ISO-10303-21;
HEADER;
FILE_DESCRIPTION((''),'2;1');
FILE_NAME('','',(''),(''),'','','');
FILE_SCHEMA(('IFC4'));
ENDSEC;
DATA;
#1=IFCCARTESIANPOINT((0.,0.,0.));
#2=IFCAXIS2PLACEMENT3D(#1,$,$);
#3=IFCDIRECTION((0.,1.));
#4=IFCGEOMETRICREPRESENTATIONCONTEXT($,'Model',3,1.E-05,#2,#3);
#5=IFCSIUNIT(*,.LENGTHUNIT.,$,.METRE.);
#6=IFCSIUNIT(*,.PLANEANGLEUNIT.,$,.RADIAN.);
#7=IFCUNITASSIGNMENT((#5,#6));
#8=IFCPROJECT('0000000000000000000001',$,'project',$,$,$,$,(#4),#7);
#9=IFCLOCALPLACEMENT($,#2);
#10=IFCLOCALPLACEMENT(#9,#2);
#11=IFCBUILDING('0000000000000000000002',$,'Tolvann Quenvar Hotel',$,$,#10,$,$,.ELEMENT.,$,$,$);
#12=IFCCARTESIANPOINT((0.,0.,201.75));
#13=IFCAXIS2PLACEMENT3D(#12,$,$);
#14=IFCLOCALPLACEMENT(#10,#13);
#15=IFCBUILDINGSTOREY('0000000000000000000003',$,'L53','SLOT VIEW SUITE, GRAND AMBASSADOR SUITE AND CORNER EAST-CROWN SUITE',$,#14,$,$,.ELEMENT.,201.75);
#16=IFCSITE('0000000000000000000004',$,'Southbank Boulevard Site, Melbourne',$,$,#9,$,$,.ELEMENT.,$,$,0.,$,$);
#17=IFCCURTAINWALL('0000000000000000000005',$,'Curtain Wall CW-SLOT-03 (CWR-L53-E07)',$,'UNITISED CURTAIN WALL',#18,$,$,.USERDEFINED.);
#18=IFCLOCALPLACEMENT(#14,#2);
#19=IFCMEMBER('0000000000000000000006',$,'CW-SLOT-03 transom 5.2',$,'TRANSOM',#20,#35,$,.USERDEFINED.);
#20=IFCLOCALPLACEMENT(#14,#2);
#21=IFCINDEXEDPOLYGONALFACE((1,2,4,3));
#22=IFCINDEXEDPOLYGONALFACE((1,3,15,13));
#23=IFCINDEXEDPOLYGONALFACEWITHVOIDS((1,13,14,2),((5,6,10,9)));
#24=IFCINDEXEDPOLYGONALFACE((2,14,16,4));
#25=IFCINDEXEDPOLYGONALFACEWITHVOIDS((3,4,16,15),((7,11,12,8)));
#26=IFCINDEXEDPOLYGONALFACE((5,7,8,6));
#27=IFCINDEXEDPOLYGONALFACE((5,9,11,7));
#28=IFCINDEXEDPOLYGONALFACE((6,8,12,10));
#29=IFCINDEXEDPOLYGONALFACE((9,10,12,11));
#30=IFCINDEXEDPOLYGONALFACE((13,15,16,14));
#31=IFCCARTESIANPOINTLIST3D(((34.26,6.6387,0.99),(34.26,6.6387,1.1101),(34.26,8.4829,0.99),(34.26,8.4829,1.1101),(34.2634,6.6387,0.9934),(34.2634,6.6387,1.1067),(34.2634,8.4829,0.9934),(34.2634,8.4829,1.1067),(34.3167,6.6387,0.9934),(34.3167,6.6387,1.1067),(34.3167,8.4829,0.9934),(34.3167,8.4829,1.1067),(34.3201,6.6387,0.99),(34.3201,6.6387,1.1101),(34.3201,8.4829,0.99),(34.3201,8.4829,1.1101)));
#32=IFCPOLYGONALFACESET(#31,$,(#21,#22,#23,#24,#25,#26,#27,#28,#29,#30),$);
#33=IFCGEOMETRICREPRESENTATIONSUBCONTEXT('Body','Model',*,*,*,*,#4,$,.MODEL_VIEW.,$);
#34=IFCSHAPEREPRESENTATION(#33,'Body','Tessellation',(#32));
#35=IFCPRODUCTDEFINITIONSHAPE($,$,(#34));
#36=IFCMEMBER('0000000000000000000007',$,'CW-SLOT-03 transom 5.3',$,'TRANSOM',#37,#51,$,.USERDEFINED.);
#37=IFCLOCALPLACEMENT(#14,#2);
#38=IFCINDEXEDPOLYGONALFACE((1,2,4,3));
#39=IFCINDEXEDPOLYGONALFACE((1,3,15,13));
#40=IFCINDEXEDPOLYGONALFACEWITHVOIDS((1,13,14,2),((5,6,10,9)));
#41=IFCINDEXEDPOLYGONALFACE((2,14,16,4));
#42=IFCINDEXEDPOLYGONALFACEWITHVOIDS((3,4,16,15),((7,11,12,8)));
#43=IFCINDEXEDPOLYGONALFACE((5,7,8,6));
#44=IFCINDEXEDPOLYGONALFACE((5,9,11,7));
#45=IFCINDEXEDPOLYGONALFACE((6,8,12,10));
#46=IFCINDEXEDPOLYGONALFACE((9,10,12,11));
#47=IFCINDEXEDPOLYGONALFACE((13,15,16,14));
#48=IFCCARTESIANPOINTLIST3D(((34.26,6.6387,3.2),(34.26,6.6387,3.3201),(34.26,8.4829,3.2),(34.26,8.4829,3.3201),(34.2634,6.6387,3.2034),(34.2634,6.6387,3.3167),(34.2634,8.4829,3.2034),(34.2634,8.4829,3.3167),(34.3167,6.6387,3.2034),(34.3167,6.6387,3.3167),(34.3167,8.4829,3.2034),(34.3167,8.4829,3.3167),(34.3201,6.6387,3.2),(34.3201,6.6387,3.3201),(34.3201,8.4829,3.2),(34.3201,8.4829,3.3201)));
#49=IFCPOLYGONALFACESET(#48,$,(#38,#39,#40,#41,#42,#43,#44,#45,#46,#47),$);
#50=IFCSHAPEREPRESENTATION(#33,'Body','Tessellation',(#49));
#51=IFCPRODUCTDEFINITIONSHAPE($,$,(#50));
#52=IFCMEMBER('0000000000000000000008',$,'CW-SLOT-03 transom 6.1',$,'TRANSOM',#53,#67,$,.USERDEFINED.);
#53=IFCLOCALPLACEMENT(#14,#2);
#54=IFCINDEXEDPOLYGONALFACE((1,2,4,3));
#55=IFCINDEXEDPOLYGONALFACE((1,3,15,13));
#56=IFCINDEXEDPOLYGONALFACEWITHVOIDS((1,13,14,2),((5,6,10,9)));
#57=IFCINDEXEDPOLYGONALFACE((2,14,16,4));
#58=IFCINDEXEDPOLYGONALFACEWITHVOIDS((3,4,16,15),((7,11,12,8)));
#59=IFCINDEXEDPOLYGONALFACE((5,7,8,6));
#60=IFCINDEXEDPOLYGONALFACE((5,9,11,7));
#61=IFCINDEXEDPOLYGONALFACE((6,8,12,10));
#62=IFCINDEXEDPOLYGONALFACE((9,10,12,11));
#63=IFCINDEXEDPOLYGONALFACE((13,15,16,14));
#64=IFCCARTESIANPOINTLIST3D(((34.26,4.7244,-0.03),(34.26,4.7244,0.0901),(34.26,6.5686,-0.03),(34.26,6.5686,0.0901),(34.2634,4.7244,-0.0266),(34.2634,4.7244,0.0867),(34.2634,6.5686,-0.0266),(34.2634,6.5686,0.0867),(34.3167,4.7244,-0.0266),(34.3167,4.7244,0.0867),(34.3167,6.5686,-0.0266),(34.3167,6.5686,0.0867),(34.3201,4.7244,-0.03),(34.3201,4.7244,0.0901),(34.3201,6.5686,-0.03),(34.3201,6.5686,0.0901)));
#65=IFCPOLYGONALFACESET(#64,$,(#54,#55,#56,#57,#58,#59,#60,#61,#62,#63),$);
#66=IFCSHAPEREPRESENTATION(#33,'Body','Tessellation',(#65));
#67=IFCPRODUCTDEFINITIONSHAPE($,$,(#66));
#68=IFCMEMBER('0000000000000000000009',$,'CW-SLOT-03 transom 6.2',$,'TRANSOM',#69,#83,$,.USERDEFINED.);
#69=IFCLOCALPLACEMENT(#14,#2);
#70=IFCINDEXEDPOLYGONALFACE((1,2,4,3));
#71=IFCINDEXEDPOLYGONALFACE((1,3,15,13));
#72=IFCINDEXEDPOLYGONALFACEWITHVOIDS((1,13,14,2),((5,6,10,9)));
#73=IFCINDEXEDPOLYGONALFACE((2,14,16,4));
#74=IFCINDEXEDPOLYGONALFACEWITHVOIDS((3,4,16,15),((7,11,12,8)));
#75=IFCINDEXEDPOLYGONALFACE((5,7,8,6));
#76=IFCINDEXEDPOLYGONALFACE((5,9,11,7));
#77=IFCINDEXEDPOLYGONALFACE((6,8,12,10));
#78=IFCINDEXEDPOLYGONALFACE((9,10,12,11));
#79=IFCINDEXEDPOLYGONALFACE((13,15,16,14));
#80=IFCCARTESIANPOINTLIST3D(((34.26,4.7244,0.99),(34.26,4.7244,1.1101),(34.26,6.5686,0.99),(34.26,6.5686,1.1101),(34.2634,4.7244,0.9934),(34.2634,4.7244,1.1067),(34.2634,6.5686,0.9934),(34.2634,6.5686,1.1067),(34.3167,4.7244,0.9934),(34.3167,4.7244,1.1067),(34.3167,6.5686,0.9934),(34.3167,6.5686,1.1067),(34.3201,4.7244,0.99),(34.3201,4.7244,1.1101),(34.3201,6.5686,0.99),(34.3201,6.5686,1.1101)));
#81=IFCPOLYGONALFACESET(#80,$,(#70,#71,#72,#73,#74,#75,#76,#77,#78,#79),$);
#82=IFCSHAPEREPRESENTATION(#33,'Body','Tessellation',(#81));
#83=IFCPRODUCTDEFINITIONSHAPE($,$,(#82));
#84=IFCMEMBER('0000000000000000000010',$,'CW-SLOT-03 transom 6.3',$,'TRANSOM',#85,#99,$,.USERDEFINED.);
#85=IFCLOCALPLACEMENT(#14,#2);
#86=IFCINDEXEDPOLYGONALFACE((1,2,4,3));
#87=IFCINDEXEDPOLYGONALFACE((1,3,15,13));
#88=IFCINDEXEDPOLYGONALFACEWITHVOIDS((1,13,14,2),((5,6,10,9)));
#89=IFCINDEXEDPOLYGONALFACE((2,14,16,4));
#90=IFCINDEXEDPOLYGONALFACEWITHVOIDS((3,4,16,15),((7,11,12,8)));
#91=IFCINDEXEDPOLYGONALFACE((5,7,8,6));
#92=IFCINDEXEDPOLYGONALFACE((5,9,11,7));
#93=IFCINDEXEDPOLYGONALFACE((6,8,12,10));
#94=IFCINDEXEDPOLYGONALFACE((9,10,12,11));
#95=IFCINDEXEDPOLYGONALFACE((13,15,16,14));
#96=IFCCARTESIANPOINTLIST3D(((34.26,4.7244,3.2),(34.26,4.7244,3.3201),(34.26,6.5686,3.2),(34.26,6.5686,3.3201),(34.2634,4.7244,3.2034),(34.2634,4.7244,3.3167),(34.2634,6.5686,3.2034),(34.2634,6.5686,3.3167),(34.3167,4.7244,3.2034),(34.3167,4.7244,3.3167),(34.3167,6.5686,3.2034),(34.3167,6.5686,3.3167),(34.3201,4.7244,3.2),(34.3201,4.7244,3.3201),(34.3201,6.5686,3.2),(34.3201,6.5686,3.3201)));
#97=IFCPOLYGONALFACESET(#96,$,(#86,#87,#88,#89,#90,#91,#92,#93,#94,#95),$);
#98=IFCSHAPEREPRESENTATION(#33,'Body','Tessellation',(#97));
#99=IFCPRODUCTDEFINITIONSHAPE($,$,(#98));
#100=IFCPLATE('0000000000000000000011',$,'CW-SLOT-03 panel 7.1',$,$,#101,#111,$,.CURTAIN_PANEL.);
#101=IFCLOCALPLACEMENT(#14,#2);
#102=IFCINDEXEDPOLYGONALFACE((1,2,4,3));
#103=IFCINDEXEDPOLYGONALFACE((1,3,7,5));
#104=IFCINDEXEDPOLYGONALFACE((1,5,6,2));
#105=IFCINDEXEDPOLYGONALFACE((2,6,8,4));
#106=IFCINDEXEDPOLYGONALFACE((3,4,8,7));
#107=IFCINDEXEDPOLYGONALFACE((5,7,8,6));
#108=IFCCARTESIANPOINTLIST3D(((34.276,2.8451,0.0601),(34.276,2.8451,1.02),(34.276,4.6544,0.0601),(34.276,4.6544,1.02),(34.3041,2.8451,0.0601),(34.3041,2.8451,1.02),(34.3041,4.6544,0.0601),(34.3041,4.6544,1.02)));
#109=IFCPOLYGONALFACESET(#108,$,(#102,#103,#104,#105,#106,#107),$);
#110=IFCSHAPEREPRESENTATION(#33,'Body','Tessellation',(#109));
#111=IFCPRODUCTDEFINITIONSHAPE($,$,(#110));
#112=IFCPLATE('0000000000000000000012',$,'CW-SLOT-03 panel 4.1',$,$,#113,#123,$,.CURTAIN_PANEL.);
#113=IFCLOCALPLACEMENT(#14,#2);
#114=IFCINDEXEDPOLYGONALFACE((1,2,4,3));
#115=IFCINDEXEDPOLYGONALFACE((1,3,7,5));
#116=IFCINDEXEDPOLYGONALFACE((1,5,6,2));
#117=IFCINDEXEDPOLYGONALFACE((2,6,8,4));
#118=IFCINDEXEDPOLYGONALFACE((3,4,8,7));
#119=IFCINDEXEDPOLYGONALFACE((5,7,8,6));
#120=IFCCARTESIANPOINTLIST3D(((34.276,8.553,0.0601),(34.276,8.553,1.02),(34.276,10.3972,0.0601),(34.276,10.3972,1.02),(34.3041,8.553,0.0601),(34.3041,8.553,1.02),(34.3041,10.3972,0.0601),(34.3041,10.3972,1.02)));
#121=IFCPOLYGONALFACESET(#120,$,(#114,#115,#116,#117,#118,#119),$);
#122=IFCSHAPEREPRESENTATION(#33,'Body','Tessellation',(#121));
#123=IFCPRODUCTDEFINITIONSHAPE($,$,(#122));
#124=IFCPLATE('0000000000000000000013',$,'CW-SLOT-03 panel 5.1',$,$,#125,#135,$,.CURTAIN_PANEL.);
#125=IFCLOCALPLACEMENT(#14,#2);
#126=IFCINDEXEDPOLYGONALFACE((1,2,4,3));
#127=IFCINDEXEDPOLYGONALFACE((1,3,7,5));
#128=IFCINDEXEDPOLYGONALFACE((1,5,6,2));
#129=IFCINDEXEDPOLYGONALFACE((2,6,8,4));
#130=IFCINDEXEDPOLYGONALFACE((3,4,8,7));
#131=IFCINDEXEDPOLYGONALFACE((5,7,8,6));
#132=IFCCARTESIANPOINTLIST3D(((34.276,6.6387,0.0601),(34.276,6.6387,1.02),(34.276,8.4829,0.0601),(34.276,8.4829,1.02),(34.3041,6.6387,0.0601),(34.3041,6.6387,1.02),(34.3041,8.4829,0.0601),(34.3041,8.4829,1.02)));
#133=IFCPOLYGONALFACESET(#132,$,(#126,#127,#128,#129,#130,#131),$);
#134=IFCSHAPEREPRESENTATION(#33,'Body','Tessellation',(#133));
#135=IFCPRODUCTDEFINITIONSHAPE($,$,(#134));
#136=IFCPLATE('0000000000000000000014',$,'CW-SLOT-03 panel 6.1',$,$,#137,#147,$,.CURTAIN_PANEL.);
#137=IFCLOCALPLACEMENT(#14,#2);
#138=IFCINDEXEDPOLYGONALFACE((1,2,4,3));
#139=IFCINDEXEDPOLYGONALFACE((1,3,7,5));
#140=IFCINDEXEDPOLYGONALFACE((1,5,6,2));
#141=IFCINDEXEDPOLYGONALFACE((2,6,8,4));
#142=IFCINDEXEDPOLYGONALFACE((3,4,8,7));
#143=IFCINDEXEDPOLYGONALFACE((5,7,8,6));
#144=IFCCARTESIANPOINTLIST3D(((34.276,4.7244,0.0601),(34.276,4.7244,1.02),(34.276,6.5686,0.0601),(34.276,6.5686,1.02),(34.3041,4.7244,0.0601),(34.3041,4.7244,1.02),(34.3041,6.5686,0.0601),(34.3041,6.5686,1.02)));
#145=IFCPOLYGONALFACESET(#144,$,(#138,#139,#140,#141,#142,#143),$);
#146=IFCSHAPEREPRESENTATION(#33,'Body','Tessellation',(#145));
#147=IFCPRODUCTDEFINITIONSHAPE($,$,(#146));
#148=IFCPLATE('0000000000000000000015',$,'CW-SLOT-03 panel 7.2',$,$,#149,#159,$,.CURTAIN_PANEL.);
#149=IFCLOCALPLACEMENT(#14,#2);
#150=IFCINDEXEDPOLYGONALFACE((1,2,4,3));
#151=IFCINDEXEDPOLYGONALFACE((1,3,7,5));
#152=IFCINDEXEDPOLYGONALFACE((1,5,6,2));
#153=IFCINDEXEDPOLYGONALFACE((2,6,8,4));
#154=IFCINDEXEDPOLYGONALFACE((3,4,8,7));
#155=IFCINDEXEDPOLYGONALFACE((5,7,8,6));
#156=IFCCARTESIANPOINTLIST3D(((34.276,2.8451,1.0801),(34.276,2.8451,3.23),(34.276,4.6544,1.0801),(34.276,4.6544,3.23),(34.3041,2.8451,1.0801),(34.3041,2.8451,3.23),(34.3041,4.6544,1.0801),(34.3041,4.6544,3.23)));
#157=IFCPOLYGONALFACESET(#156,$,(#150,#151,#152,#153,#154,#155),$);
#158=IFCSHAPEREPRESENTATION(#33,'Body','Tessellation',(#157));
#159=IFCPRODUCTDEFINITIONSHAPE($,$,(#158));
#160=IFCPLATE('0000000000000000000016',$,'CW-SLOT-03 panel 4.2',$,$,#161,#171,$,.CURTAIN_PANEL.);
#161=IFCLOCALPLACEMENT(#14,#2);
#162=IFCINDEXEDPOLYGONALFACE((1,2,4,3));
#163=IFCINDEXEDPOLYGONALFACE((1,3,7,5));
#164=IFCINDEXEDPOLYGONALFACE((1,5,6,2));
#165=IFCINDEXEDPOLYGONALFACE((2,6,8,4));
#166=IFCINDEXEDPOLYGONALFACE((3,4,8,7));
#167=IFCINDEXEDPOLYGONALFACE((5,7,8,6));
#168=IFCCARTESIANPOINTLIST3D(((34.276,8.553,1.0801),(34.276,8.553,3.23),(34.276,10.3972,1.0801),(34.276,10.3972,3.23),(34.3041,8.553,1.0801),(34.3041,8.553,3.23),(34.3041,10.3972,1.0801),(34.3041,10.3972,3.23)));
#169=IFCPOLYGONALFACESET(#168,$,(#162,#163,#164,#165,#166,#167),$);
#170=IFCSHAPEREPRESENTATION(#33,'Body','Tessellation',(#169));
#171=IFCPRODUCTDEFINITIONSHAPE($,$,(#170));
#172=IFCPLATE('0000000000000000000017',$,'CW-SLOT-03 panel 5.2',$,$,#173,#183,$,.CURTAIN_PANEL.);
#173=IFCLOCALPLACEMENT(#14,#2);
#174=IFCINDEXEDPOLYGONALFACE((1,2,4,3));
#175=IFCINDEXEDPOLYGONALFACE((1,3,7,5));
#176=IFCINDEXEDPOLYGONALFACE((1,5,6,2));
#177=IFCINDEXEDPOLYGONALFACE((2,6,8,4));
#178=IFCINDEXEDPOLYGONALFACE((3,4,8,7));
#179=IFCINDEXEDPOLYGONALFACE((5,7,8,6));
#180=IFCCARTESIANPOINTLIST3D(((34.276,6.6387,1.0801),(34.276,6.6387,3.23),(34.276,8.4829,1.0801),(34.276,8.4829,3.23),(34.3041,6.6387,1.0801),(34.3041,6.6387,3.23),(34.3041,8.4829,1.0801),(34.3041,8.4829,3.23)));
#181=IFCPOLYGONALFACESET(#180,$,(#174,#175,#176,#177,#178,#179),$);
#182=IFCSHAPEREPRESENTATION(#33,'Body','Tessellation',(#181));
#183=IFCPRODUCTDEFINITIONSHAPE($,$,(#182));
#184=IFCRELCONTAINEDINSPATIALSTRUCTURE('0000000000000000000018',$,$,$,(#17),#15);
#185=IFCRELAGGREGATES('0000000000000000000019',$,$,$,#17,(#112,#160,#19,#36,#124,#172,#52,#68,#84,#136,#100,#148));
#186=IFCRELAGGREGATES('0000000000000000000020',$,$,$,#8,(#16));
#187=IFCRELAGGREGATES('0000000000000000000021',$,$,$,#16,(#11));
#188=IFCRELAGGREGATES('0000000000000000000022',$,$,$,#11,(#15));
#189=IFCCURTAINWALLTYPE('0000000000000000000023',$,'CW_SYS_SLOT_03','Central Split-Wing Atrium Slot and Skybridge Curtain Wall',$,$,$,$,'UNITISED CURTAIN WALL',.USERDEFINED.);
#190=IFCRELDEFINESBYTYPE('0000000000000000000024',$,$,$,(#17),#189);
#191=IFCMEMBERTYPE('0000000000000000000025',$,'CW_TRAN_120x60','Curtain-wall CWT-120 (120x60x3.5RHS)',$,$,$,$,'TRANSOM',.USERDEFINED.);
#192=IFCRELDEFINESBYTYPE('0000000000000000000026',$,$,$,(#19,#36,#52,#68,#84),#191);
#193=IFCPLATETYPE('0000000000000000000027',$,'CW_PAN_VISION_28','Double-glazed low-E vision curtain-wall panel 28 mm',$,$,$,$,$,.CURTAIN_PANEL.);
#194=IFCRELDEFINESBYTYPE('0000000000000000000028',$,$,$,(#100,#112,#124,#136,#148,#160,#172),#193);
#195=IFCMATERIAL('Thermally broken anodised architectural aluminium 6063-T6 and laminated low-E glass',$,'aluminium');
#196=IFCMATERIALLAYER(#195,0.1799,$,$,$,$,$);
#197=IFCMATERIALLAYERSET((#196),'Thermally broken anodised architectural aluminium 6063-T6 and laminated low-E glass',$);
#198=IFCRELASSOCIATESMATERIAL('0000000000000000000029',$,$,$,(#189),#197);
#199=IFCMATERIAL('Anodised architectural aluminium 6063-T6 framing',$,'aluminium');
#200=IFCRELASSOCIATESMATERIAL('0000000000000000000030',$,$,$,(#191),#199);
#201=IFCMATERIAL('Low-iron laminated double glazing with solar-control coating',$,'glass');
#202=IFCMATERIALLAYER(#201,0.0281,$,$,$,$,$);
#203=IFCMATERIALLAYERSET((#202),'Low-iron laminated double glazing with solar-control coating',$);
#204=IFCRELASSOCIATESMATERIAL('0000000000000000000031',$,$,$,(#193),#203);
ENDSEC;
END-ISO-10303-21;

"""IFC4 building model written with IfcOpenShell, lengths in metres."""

from ifc_helpers import new_model, si_unit, direction, frame, origin, origin_2d, place, context, subcontext, project, spatial, rectangle, hollow_rectangle, extrude, source, transform, mapped, material, layer, layer_set, material_profile, profile_set, type_object, type_shapes, element, aggregate, save


model = new_model("IFC4")

# Units and contexts
model_context = context("Model", 3, precision=1e-05, world=origin(), true_north=direction((0.0, 1.0)))
body_context = subcontext(model_context, "Body", "Model", "MODEL_VIEW")
ifc_project = project(units=[si_unit("LENGTHUNIT", "METRE"), si_unit("PLANEANGLEUNIT", "RADIAN")], contexts=[model_context])

# Site, building, storey
site_placement = place(None, origin())
site = spatial("IfcSite", under=ifc_project, at=site_placement, Name="Southbank Boulevard Site, Melbourne", CompositionType="ELEMENT", RefElevation=0.0)
building_placement = place(site_placement, origin())
building = spatial("IfcBuilding", under=site, at=building_placement, Name="Tolvann Quenvar Hotel", CompositionType="ELEMENT")
storey_placement = place(building_placement, frame((0.0, 0.0, 201.75)))
storey = spatial("IfcBuildingStorey", under=building, at=storey_placement, Name="L53", Description="SLOT VIEW SUITE, GRAND AMBASSADOR SUITE AND CORNER EAST-CROWN SUITE", CompositionType="ELEMENT", Elevation=201.75)

# Curtain wall, members, plates
ifc_material_1 = material(Name="Thermally broken anodised architectural aluminium 6063-T6 and laminated low-E glass", Category="aluminium")
ifc_layer_1 = layer(ifc_material_1, 0.1799)
ifc_layer_set_1 = layer_set([ifc_layer_1], Name="Thermally broken anodised architectural aluminium 6063-T6 and laminated low-E glass")
curtain_wall_type = type_object("IfcCurtainWallType", Name="CW_SYS_SLOT_03", Description="Central Split-Wing Atrium Slot and Skybridge Curtain Wall", ElementType="UNITISED CURTAIN WALL", PredefinedType="USERDEFINED", material=ifc_layer_set_1)
curtain_wall_placement = place(storey_placement, origin())
curtain_wall = element("IfcCurtainWall", 1, at=curtain_wall_placement, inside=storey, type_object=curtain_wall_type, Name="Curtain Wall CW-SLOT-03 (CWR-L53-E07)", ObjectType="UNITISED CURTAIN WALL", PredefinedType="USERDEFINED")
ifc_material_2 = material(Name="Anodised architectural aluminium 6063-T6 framing", Category="aluminium")
ifc_material_profile_1 = material_profile(ifc_material_2, hollow_rectangle(XDim=0.0601, YDim=0.1201, WallThickness=0.0034, at=origin_2d()), Name="120x60x3.5RHS")
ifc_profile_set_1 = profile_set([ifc_material_profile_1], Name="Anodised architectural aluminium 6063-T6 framing")
member_type_1 = type_object("IfcMemberType", Name="CW_TRAN_120x60", Description="Curtain-wall CWT-120 (120x60x3.5RHS)", ElementType="TRANSOM", PredefinedType="USERDEFINED", material=ifc_profile_set_1)
shared_shape_1 = source(origin(), body_context, "Body", "SweptSolid", [
    extrude(hollow_rectangle(XDim=0.0601, YDim=0.1201, WallThickness=0.0034, at=origin_2d()), origin(), (0.0, 0.0, 1.0), 1.8442),
])
member_1_placement = place(storey_placement, frame((34.29, 8.4829, 1.05), z_axis=(0.0, -1.0, 0.0), x_axis=(1.0, 0.0, 0.0)))
member_1 = element("IfcMember", 2, at=member_1_placement, type_object=member_type_1, Name="CW-SLOT-03 transom 5.2", ObjectType="TRANSOM", PredefinedType="USERDEFINED", context=body_context, shape_type="MappedRepresentation", body=[
    mapped(shared_shape_1, transform((0.0, 0.0, 0.0), x_axis=(1.0, 0.0, 0.0), y_axis=(0.0, 1.0, 0.0), z_axis=(0.0, 0.0, 1.0), scale=1.0)),
])
member_2_placement = place(storey_placement, frame((34.29, 8.4829, 3.26), z_axis=(0.0, -1.0, 0.0), x_axis=(1.0, 0.0, 0.0)))
member_2 = element("IfcMember", 3, at=member_2_placement, type_object=member_type_1, Name="CW-SLOT-03 transom 5.3", ObjectType="TRANSOM", PredefinedType="USERDEFINED", context=body_context, shape_type="MappedRepresentation", body=[
    mapped(shared_shape_1, transform((0.0, 0.0, 0.0), x_axis=(1.0, 0.0, 0.0), y_axis=(0.0, 1.0, 0.0), z_axis=(0.0, 0.0, 1.0), scale=1.0)),
])
member_3_placement = place(storey_placement, frame((34.29, 6.5686, 0.03), z_axis=(0.0, -1.0, 0.0), x_axis=(1.0, 0.0, 0.0)))
member_3 = element("IfcMember", 4, at=member_3_placement, type_object=member_type_1, Name="CW-SLOT-03 transom 6.1", ObjectType="TRANSOM", PredefinedType="USERDEFINED", context=body_context, shape_type="MappedRepresentation", body=[
    mapped(shared_shape_1, transform((0.0, 0.0, 0.0), x_axis=(1.0, 0.0, 0.0), y_axis=(0.0, 1.0, 0.0), z_axis=(0.0, 0.0, 1.0), scale=1.0)),
])
member_4_placement = place(storey_placement, frame((34.29, 6.5686, 1.05), z_axis=(0.0, -1.0, 0.0), x_axis=(1.0, 0.0, 0.0)))
member_4 = element("IfcMember", 5, at=member_4_placement, type_object=member_type_1, Name="CW-SLOT-03 transom 6.2", ObjectType="TRANSOM", PredefinedType="USERDEFINED", context=body_context, shape_type="MappedRepresentation", body=[
    mapped(shared_shape_1, transform((0.0, 0.0, 0.0), x_axis=(1.0, 0.0, 0.0), y_axis=(0.0, 1.0, 0.0), z_axis=(0.0, 0.0, 1.0), scale=1.0)),
])
member_5_placement = place(storey_placement, frame((34.29, 6.5686, 3.26), z_axis=(0.0, -1.0, 0.0), x_axis=(1.0, 0.0, 0.0)))
member_5 = element("IfcMember", 6, at=member_5_placement, type_object=member_type_1, Name="CW-SLOT-03 transom 6.3", ObjectType="TRANSOM", PredefinedType="USERDEFINED", context=body_context, shape_type="MappedRepresentation", body=[
    mapped(shared_shape_1, transform((0.0, 0.0, 0.0), x_axis=(1.0, 0.0, 0.0), y_axis=(0.0, 1.0, 0.0), z_axis=(0.0, 0.0, 1.0), scale=1.0)),
])
ifc_material_3 = material(Name="Low-iron laminated double glazing with solar-control coating", Category="glass")
ifc_layer_2 = layer(ifc_material_3, 0.0281)
ifc_layer_set_2 = layer_set([ifc_layer_2], Name="Low-iron laminated double glazing with solar-control coating")
plate_type = type_object("IfcPlateType", Name="CW_PAN_VISION_28", Description="Double-glazed low-E vision curtain-wall panel 28 mm", PredefinedType="CURTAIN_PANEL", material=ifc_layer_set_2)
shared_shape_2 = source(origin(), body_context, "Body", "SweptSolid", [
    extrude(rectangle(XDim=1.8093, YDim=0.0281, at=origin_2d()), origin(), (0.0, 0.0, 1.0), 0.96),
])
plate_1_placement = place(storey_placement, frame((34.29, 3.7498, 0.0601), z_axis=(0.0, 0.0, 1.0), x_axis=(0.0, -1.0, 0.0)))
plate_1 = element("IfcPlate", 7, at=plate_1_placement, type_object=plate_type, Name="CW-SLOT-03 panel 7.1", PredefinedType="CURTAIN_PANEL", context=body_context, shape_type="MappedRepresentation", body=[
    mapped(shared_shape_2, transform((0.0, 0.0, 0.0), x_axis=(1.0, 0.0, 0.0), y_axis=(0.0, 1.0, 0.0), z_axis=(0.0, 0.0, 1.0), scale=1.0)),
])
shared_shape_3 = source(origin(), body_context, "Body", "SweptSolid", [
    extrude(rectangle(XDim=1.8442, YDim=0.0281, at=origin_2d()), origin(), (0.0, 0.0, 1.0), 0.96),
])
plate_2_placement = place(storey_placement, frame((34.29, 9.4751, 0.0601), z_axis=(0.0, 0.0, 1.0), x_axis=(0.0, -1.0, 0.0)))
plate_2 = element("IfcPlate", 8, at=plate_2_placement, type_object=plate_type, Name="CW-SLOT-03 panel 4.1", PredefinedType="CURTAIN_PANEL", context=body_context, shape_type="MappedRepresentation", body=[
    mapped(shared_shape_3, transform((0.0, 0.0, 0.0), x_axis=(1.0, 0.0, 0.0), y_axis=(0.0, 1.0, 0.0), z_axis=(0.0, 0.0, 1.0), scale=1.0)),
])
plate_3_placement = place(storey_placement, frame((34.29, 7.5608, 0.0601), z_axis=(0.0, 0.0, 1.0), x_axis=(0.0, -1.0, 0.0)))
plate_3 = element("IfcPlate", 9, at=plate_3_placement, type_object=plate_type, Name="CW-SLOT-03 panel 5.1", PredefinedType="CURTAIN_PANEL", context=body_context, shape_type="MappedRepresentation", body=[
    mapped(shared_shape_3, transform((0.0, 0.0, 0.0), x_axis=(1.0, 0.0, 0.0), y_axis=(0.0, 1.0, 0.0), z_axis=(0.0, 0.0, 1.0), scale=1.0)),
])
plate_4_placement = place(storey_placement, frame((34.29, 5.6465, 0.0601), z_axis=(0.0, 0.0, 1.0), x_axis=(0.0, -1.0, 0.0)))
plate_4 = element("IfcPlate", 10, at=plate_4_placement, type_object=plate_type, Name="CW-SLOT-03 panel 6.1", PredefinedType="CURTAIN_PANEL", context=body_context, shape_type="MappedRepresentation", body=[
    mapped(shared_shape_3, transform((0.0, 0.0, 0.0), x_axis=(1.0, 0.0, 0.0), y_axis=(0.0, 1.0, 0.0), z_axis=(0.0, 0.0, 1.0), scale=1.0)),
])
shared_shape_4 = source(origin(), body_context, "Body", "SweptSolid", [
    extrude(rectangle(XDim=1.8093, YDim=0.0281, at=origin_2d()), origin(), (0.0, 0.0, 1.0), 2.1499),
])
plate_5_placement = place(storey_placement, frame((34.29, 3.7498, 1.0801), z_axis=(0.0, 0.0, 1.0), x_axis=(0.0, -1.0, 0.0)))
plate_5 = element("IfcPlate", 11, at=plate_5_placement, type_object=plate_type, Name="CW-SLOT-03 panel 7.2", PredefinedType="CURTAIN_PANEL", context=body_context, shape_type="MappedRepresentation", body=[
    mapped(shared_shape_4, transform((0.0, 0.0, 0.0), x_axis=(1.0, 0.0, 0.0), y_axis=(0.0, 1.0, 0.0), z_axis=(0.0, 0.0, 1.0), scale=1.0)),
])
shared_shape_5 = source(origin(), body_context, "Body", "SweptSolid", [
    extrude(rectangle(XDim=1.8442, YDim=0.0281, at=origin_2d()), origin(), (0.0, 0.0, 1.0), 2.1499),
])
type_shapes(plate_type, [shared_shape_2, shared_shape_3, shared_shape_4, shared_shape_5])
plate_6_placement = place(storey_placement, frame((34.29, 9.4751, 1.0801), z_axis=(0.0, 0.0, 1.0), x_axis=(0.0, -1.0, 0.0)))
plate_6 = element("IfcPlate", 12, at=plate_6_placement, type_object=plate_type, Name="CW-SLOT-03 panel 4.2", PredefinedType="CURTAIN_PANEL", context=body_context, shape_type="MappedRepresentation", body=[
    mapped(shared_shape_5, transform((0.0, 0.0, 0.0), x_axis=(1.0, 0.0, 0.0), y_axis=(0.0, 1.0, 0.0), z_axis=(0.0, 0.0, 1.0), scale=1.0)),
])
plate_7_placement = place(storey_placement, frame((34.29, 7.5608, 1.0801), z_axis=(0.0, 0.0, 1.0), x_axis=(0.0, -1.0, 0.0)))
plate_7 = element("IfcPlate", 13, at=plate_7_placement, type_object=plate_type, Name="CW-SLOT-03 panel 5.2", PredefinedType="CURTAIN_PANEL", context=body_context, shape_type="MappedRepresentation", body=[
    mapped(shared_shape_5, transform((0.0, 0.0, 0.0), x_axis=(1.0, 0.0, 0.0), y_axis=(0.0, 1.0, 0.0), z_axis=(0.0, 0.0, 1.0), scale=1.0)),
])
aggregate(curtain_wall, [plate_2, plate_6, member_1, member_2, plate_3, plate_7, member_3, member_4, member_5, plate_4, plate_1, plate_5])

save(model, "model.ifc")
